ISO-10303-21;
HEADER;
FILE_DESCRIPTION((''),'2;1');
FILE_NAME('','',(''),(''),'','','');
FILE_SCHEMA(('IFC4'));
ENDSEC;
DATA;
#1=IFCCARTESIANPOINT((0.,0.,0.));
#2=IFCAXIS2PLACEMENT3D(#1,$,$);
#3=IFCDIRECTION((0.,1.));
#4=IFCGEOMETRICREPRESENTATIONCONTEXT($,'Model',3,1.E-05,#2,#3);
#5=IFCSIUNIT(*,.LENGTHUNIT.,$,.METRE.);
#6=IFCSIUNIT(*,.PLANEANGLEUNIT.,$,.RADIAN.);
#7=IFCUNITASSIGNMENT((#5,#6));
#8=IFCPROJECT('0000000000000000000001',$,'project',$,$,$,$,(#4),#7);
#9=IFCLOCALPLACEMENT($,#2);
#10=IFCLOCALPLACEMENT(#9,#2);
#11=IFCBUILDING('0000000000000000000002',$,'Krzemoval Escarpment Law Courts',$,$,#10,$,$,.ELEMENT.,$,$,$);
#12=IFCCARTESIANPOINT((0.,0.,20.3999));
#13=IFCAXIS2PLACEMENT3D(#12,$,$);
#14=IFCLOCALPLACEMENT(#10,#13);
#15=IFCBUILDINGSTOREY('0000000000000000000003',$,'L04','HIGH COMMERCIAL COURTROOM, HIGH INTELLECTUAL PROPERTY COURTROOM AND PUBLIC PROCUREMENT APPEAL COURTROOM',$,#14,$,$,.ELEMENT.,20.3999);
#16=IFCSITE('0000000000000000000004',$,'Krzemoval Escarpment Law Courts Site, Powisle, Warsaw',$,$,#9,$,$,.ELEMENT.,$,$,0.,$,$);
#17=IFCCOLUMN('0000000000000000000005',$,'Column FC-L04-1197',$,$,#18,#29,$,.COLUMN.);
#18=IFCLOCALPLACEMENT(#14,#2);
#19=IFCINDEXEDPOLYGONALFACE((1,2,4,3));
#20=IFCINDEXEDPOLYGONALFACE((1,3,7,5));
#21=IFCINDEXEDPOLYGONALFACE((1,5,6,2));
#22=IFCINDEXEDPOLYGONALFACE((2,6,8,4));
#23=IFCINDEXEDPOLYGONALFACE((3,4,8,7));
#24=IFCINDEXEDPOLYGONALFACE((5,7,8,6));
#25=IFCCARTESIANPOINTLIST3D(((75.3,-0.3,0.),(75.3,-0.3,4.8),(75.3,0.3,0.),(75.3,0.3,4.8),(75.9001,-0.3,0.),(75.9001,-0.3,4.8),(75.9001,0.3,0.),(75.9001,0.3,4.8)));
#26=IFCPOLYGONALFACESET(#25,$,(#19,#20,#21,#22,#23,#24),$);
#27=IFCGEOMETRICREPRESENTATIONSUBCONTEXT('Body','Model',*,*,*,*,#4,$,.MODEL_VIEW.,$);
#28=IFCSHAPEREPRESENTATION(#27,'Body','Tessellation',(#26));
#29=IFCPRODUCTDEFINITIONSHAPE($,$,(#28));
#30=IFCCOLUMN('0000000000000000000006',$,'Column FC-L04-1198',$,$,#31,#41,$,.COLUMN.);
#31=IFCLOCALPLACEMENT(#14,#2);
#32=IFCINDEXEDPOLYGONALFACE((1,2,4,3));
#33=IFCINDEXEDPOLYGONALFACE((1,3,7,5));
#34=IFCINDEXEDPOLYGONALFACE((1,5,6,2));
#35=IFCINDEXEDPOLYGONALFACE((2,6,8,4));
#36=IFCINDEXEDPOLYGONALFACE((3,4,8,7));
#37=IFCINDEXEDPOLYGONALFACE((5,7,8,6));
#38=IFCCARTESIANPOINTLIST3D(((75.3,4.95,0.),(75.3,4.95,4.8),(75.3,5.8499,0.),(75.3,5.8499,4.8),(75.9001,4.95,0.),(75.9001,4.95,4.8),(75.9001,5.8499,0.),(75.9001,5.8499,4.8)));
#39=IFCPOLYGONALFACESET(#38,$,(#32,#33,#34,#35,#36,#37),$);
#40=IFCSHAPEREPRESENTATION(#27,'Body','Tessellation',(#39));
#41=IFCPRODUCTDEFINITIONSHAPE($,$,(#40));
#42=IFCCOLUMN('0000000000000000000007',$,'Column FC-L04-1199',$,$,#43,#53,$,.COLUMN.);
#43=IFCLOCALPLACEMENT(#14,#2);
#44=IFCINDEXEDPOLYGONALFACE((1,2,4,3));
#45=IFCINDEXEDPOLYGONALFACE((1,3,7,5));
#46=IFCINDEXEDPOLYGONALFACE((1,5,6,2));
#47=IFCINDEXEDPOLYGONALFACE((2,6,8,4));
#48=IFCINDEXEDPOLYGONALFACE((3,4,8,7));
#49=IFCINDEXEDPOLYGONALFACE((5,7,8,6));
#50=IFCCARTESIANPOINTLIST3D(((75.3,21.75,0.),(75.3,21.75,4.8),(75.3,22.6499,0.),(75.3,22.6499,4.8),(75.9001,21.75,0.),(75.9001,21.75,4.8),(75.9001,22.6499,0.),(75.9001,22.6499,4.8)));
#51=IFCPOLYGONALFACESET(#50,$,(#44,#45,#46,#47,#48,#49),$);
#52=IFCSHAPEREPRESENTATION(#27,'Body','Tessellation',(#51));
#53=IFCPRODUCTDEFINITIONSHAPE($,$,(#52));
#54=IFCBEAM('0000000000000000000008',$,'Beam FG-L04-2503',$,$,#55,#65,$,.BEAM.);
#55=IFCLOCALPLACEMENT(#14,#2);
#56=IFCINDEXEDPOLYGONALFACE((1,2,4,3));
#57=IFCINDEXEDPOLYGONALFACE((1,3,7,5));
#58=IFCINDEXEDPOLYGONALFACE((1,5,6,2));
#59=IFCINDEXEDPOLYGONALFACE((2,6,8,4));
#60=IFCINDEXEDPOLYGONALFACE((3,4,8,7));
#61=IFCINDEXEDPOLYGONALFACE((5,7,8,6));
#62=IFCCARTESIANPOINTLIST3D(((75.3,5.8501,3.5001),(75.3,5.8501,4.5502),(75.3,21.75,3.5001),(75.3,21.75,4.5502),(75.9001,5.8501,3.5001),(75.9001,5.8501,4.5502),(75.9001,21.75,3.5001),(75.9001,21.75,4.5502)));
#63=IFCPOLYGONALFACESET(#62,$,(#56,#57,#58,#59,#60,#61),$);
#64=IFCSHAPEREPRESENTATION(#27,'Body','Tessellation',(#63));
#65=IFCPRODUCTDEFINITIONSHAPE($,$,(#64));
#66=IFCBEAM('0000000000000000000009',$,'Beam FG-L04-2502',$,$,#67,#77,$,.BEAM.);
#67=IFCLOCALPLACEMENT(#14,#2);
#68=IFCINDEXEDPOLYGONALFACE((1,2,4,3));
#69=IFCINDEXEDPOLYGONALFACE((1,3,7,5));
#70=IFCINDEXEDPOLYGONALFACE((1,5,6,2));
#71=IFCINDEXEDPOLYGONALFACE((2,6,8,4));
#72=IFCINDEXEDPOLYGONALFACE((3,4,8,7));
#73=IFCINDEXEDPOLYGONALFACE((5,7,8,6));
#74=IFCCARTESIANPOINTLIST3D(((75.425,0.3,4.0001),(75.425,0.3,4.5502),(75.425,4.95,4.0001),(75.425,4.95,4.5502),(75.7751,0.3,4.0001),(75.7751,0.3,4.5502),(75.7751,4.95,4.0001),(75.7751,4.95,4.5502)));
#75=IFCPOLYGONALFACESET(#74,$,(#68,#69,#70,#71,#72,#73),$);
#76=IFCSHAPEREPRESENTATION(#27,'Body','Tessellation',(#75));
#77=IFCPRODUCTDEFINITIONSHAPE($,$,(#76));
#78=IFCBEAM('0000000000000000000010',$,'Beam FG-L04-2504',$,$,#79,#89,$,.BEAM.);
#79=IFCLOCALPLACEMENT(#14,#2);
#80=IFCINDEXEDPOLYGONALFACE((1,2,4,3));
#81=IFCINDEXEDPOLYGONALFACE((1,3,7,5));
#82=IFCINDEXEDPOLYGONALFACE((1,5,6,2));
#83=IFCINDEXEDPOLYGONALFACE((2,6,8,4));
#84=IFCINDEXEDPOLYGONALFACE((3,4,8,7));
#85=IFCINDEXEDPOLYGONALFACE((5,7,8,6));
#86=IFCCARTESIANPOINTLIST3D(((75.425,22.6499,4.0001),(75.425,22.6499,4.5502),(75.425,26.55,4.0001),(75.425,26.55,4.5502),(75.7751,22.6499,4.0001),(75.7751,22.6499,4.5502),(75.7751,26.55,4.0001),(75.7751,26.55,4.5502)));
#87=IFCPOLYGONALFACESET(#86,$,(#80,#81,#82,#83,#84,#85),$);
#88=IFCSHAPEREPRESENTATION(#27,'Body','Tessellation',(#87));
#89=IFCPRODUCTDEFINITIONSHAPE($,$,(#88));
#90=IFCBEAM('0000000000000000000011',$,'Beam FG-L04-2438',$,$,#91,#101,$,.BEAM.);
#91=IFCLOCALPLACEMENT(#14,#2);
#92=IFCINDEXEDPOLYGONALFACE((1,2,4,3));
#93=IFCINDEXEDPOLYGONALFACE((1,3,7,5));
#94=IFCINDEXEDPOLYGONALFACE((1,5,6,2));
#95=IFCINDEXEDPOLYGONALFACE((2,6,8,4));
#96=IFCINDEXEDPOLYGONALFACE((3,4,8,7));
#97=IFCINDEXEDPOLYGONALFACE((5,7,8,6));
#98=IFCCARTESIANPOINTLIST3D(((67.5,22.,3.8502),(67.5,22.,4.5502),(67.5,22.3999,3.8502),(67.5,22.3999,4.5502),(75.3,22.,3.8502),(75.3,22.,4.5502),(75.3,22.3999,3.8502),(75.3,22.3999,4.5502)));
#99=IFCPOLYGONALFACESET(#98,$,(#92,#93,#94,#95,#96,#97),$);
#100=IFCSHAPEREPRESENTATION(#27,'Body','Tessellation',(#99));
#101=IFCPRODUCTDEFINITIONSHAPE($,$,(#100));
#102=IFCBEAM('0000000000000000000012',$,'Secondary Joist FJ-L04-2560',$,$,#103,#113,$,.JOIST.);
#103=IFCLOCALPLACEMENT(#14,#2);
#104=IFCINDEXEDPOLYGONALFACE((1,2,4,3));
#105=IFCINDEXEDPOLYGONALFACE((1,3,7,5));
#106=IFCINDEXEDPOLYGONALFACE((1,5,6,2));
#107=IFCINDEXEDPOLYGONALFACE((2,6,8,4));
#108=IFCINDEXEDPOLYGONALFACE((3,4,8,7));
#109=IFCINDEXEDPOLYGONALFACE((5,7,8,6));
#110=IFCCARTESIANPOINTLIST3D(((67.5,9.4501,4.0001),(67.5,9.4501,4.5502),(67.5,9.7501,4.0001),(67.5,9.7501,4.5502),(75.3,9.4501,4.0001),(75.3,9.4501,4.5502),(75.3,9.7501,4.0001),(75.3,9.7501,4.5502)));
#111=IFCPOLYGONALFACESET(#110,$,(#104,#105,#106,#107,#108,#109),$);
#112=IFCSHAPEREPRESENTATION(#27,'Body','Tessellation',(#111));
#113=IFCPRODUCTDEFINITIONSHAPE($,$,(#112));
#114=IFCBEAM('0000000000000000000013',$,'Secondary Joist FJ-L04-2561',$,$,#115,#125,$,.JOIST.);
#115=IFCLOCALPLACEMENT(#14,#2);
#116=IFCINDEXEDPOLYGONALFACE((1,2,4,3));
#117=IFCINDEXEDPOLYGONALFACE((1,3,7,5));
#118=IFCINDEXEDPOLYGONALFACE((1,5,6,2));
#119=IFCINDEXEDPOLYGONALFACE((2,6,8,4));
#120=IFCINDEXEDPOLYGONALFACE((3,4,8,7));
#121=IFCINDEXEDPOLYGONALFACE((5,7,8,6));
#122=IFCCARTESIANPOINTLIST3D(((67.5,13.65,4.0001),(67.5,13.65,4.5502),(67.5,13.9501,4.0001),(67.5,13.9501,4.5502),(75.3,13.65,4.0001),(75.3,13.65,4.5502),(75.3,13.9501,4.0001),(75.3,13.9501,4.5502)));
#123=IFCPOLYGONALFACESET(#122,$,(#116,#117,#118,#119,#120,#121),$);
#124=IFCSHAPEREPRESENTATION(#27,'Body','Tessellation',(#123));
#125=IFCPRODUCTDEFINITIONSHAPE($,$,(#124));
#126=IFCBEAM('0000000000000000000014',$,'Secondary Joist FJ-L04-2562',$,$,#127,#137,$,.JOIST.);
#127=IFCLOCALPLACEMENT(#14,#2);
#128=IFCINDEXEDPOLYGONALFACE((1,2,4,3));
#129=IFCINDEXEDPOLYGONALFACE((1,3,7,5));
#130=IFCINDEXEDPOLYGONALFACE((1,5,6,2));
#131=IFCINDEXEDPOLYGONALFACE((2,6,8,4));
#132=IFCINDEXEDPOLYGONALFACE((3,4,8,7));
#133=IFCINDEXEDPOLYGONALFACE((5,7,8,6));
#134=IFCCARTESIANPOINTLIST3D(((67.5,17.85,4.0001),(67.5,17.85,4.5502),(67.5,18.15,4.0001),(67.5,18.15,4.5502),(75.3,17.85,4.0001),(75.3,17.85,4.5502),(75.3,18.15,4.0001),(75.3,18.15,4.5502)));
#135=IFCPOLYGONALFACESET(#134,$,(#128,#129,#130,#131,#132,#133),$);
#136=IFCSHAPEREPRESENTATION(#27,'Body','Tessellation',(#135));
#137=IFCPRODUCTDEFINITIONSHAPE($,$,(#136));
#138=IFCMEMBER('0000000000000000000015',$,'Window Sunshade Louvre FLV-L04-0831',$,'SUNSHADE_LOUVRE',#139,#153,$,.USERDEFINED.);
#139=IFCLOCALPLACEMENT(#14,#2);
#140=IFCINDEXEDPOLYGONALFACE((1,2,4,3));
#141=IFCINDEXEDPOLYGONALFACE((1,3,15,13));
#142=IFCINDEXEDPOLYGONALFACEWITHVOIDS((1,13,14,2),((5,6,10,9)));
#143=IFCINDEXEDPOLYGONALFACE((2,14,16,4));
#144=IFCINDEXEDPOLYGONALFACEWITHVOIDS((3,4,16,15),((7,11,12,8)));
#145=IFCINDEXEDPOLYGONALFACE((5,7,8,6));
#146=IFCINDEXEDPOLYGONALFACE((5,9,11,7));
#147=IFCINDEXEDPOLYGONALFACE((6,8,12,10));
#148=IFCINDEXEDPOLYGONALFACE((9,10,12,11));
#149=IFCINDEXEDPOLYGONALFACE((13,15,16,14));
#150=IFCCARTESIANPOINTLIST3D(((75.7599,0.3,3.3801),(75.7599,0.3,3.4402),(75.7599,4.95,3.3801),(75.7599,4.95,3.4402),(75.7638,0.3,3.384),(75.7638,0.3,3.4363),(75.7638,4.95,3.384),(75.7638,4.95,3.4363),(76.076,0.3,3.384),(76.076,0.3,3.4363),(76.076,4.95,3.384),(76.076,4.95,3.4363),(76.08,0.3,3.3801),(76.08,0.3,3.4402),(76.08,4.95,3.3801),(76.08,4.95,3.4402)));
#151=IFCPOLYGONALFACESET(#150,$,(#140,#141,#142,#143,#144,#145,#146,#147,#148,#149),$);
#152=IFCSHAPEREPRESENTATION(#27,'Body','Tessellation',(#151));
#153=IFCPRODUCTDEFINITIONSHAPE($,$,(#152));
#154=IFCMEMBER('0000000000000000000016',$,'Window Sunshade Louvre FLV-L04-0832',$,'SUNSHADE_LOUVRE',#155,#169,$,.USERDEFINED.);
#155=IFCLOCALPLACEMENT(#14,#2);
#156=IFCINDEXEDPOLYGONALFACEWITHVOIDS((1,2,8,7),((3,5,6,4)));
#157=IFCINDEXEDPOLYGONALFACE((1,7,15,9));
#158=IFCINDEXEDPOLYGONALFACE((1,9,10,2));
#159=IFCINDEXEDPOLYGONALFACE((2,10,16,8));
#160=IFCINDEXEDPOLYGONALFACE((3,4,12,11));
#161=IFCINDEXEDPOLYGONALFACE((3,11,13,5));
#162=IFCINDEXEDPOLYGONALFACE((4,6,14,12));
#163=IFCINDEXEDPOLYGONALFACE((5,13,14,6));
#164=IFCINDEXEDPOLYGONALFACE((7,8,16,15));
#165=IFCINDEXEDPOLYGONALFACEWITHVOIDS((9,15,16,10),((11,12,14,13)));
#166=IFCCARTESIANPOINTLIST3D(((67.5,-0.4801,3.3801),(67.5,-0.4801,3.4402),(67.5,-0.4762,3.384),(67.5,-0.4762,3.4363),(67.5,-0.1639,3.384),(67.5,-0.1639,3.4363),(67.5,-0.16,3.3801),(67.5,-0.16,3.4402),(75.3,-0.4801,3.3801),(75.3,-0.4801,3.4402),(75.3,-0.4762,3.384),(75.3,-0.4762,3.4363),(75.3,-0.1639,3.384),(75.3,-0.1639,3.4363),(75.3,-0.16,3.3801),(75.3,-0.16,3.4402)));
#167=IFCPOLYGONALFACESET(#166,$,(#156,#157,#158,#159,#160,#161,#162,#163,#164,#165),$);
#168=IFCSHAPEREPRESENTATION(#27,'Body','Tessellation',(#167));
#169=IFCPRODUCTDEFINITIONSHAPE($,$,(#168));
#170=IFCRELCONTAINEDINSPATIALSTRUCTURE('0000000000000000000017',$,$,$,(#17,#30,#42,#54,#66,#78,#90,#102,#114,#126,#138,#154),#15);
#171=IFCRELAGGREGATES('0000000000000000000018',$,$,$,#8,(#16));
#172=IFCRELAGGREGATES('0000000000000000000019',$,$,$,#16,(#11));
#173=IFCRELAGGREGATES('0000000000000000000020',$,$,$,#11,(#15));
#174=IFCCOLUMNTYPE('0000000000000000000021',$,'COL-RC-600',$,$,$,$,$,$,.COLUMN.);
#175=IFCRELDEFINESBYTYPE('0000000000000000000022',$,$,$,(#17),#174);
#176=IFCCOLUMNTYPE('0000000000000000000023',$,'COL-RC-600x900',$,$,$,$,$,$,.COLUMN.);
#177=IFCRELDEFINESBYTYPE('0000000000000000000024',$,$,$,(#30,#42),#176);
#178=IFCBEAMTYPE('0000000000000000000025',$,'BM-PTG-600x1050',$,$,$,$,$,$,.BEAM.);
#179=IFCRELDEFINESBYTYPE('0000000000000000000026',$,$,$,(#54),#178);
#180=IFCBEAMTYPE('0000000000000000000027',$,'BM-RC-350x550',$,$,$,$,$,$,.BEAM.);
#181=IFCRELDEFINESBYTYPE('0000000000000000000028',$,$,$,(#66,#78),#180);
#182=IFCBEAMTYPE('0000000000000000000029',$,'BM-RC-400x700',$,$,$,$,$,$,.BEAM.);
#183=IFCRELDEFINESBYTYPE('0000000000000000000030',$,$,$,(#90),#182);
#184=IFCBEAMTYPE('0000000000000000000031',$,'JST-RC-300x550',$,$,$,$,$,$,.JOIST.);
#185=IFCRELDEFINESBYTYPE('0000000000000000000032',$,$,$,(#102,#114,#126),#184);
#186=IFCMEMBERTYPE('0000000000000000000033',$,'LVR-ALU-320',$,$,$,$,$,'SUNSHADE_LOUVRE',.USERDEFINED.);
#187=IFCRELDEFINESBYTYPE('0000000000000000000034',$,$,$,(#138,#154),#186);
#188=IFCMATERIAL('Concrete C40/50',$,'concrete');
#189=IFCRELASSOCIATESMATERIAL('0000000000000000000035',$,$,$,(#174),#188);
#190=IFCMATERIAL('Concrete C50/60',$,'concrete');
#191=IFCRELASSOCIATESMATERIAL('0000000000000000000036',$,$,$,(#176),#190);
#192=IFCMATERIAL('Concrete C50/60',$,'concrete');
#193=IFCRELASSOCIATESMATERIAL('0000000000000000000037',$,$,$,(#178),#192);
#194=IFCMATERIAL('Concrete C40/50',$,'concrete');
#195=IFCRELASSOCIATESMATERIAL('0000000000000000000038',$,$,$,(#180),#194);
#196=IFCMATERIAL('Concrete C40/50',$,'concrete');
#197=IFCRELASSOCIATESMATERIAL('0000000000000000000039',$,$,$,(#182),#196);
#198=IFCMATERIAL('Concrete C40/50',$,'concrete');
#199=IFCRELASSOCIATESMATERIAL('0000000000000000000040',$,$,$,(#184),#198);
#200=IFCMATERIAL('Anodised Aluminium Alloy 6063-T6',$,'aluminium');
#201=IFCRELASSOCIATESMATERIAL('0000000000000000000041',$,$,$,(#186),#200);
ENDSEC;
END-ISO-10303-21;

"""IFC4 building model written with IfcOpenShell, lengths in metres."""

from ifc_helpers import new_model, si_unit, direction, frame, origin, origin_2d, place, context, subcontext, project, spatial, rectangle, hollow_rectangle, extrude, material, material_profile, profile_set, type_object, element, save


model = new_model("IFC4")

# Units and contexts
model_context = context("Model", 3, precision=1e-05, world=origin(), true_north=direction((0.0, 1.0)))
body_context = subcontext(model_context, "Body", "Model", "MODEL_VIEW")
ifc_project = project(units=[si_unit("LENGTHUNIT", "METRE"), si_unit("PLANEANGLEUNIT", "RADIAN")], contexts=[model_context])

# Site, building, storey
site_placement = place(None, origin())
site = spatial("IfcSite", under=ifc_project, at=site_placement, Name="Krzemoval Escarpment Law Courts Site, Powisle, Warsaw", CompositionType="ELEMENT", RefElevation=0.0)
building_placement = place(site_placement, origin())
building = spatial("IfcBuilding", under=site, at=building_placement, Name="Krzemoval Escarpment Law Courts", CompositionType="ELEMENT")
storey_placement = place(building_placement, frame((0.0, 0.0, 20.3999)))
storey = spatial("IfcBuildingStorey", under=building, at=storey_placement, Name="L04", Description="HIGH COMMERCIAL COURTROOM, HIGH INTELLECTUAL PROPERTY COURTROOM AND PUBLIC PROCUREMENT APPEAL COURTROOM", CompositionType="ELEMENT", Elevation=20.3999)

# Columns
ifc_material_1 = material(Name="Concrete C40/50", Category="concrete")
ifc_material_profile_1 = material_profile(ifc_material_1, rectangle(XDim=0.6001, YDim=0.6001, at=origin_2d()), Name="RC 600x600")
ifc_profile_set_1 = profile_set([ifc_material_profile_1], Name="Concrete C40/50")
column_type_1 = type_object("IfcColumnType", Name="COL-RC-600", PredefinedType="COLUMN", material=ifc_profile_set_1)
column_placement = place(storey_placement, frame((75.6001, 0.0, 0.0), z_axis=(0.0, 0.0, 1.0), x_axis=(1.0, 0.0, 0.0)))
element("IfcColumn", 1, at=column_placement, inside=storey, type_object=column_type_1, Name="Column FC-L04-1197", PredefinedType="COLUMN", context=body_context, shape_type="SweptSolid", body=[
    extrude(rectangle(XDim=0.6001, YDim=0.6001, at=origin_2d()), origin(), (0.0, 0.0, 1.0), 4.8),
])
ifc_material_2 = material(Name="Concrete C50/60", Category="concrete")
ifc_material_profile_2 = material_profile(ifc_material_2, rectangle(XDim=0.6001, YDim=0.8999, at=origin_2d()), Name="RC 600x900")
ifc_profile_set_2 = profile_set([ifc_material_profile_2], Name="Concrete C50/60")
column_type_2 = type_object("IfcColumnType", Name="COL-RC-600x900", PredefinedType="COLUMN", material=ifc_profile_set_2)
for number, where, z_axis, x_axis, name in (
    (2, (75.6001, 5.3999, 0.0), (0.0, 0.0, 1.0), (1.0, 0.0, 0.0), "Column FC-L04-1198"),
    (3, (75.6001, 22.2, 0.0), (0.0, 0.0, 1.0), (1.0, 0.0, 0.0), "Column FC-L04-1199"),
):
    element("IfcColumn", number, at=place(storey_placement, frame(where, z_axis=z_axis, x_axis=x_axis)), inside=storey, type_object=column_type_2, Name=name, PredefinedType="COLUMN", context=body_context, shape_type="SweptSolid", body=[
        extrude(rectangle(XDim=0.6001, YDim=0.8999, at=origin_2d()), origin(), (0.0, 0.0, 1.0), 4.8),
    ])

# Beams
ifc_material_3 = material(Name="Concrete C50/60", Category="concrete")
ifc_material_profile_3 = material_profile(ifc_material_3, rectangle(XDim=0.6001, YDim=1.05, at=origin_2d()), Name="PTG 600x1050")
ifc_profile_set_3 = profile_set([ifc_material_profile_3], Name="Concrete C50/60")
beam_type_1 = type_object("IfcBeamType", Name="BM-PTG-600x1050", PredefinedType="BEAM", material=ifc_profile_set_3)
beam_1_placement = place(storey_placement, frame((75.6001, 5.8501, 4.0251), z_axis=(0.0, 1.0, 0.0), x_axis=(-1.0, 0.0, 0.0)))
element("IfcBeam", 4, at=beam_1_placement, inside=storey, type_object=beam_type_1, Name="Beam FG-L04-2503", PredefinedType="BEAM", context=body_context, shape_type="SweptSolid", body=[
    extrude(rectangle(XDim=0.6001, YDim=1.05, at=origin_2d()), origin(), (0.0, 0.0, 1.0), 15.8999),
])
ifc_material_4 = material(Name="Concrete C40/50", Category="concrete")
ifc_material_profile_4 = material_profile(ifc_material_4, rectangle(XDim=0.3501, YDim=0.55, at=origin_2d()), Name="RCB 350x550")
ifc_profile_set_4 = profile_set([ifc_material_profile_4], Name="Concrete C40/50")
beam_type_2 = type_object("IfcBeamType", Name="BM-RC-350x550", PredefinedType="BEAM", material=ifc_profile_set_4)
beam_2_placement = place(storey_placement, frame((75.6001, 0.3, 4.2751), z_axis=(0.0, 1.0, 0.0), x_axis=(-1.0, 0.0, 0.0)))
element("IfcBeam", 5, at=beam_2_placement, inside=storey, type_object=beam_type_2, Name="Beam FG-L04-2502", PredefinedType="BEAM", context=body_context, shape_type="SweptSolid", body=[
    extrude(rectangle(XDim=0.3501, YDim=0.55, at=origin_2d()), origin(), (0.0, 0.0, 1.0), 4.6499),
])
beam_3_placement = place(storey_placement, frame((75.6001, 22.6499, 4.2751), z_axis=(0.0, 1.0, 0.0), x_axis=(-1.0, 0.0, 0.0)))
element("IfcBeam", 6, at=beam_3_placement, inside=storey, type_object=beam_type_2, Name="Beam FG-L04-2504", PredefinedType="BEAM", context=body_context, shape_type="SweptSolid", body=[
    extrude(rectangle(XDim=0.3501, YDim=0.55, at=origin_2d()), origin(), (0.0, 0.0, 1.0), 3.9001),
])
ifc_material_5 = material(Name="Concrete C40/50", Category="concrete")
ifc_material_profile_5 = material_profile(ifc_material_5, rectangle(XDim=0.3999, YDim=0.7, at=origin_2d()), Name="RCB 400x700")
ifc_profile_set_5 = profile_set([ifc_material_profile_5], Name="Concrete C40/50")
beam_type_3 = type_object("IfcBeamType", Name="BM-RC-400x700", PredefinedType="BEAM", material=ifc_profile_set_5)
beam_4_placement = place(storey_placement, frame((67.5, 22.2, 4.2002), z_axis=(1.0, 0.0, 0.0), x_axis=(0.0, 1.0, 0.0)))
element("IfcBeam", 7, at=beam_4_placement, inside=storey, type_object=beam_type_3, Name="Beam FG-L04-2438", PredefinedType="BEAM", context=body_context, shape_type="SweptSolid", body=[
    extrude(rectangle(XDim=0.3999, YDim=0.7, at=origin_2d()), origin(), (0.0, 0.0, 1.0), 7.8),
])
ifc_material_6 = material(Name="Concrete C40/50", Category="concrete")
ifc_material_profile_6 = material_profile(ifc_material_6, rectangle(XDim=0.3, YDim=0.55, at=origin_2d()), Name="RCB 300x550")
ifc_profile_set_6 = profile_set([ifc_material_profile_6], Name="Concrete C40/50")
beam_type_4 = type_object("IfcBeamType", Name="JST-RC-300x550", PredefinedType="JOIST", material=ifc_profile_set_6)
for number, where, z_axis, x_axis, name in (
    (8, (67.5, 9.6001, 4.2751), (1.0, 0.0, 0.0), (0.0, 1.0, 0.0), "Secondary Joist FJ-L04-2560"),
    (9, (67.5, 13.8, 4.2751), (1.0, 0.0, 0.0), (0.0, 1.0, 0.0), "Secondary Joist FJ-L04-2561"),
    (10, (67.5, 18.0, 4.2751), (1.0, 0.0, 0.0), (0.0, 1.0, 0.0), "Secondary Joist FJ-L04-2562"),
):
    element("IfcBeam", number, at=place(storey_placement, frame(where, z_axis=z_axis, x_axis=x_axis)), inside=storey, type_object=beam_type_4, Name=name, PredefinedType="JOIST", context=body_context, shape_type="SweptSolid", body=[
        extrude(rectangle(XDim=0.3, YDim=0.55, at=origin_2d()), origin(), (0.0, 0.0, 1.0), 7.8),
    ])

# Members
ifc_material_7 = material(Name="Anodised Aluminium Alloy 6063-T6", Category="aluminium")
ifc_material_profile_7 = material_profile(ifc_material_7, hollow_rectangle(XDim=0.0601, YDim=0.3201, WallThickness=0.0039, at=origin_2d()), Name="ALU LVR 60x320")
ifc_profile_set_7 = profile_set([ifc_material_profile_7], Name="Anodised Aluminium Alloy 6063-T6")
member_type = type_object("IfcMemberType", Name="LVR-ALU-320", ElementType="SUNSHADE_LOUVRE", PredefinedType="USERDEFINED", material=ifc_profile_set_7)
member_1_placement = place(storey_placement, frame((75.9199, 4.95, 3.4102), z_axis=(0.0, -1.0, 0.0), x_axis=(0.0, 0.0, 1.0)))
element("IfcMember", 11, at=member_1_placement, inside=storey, type_object=member_type, Name="Window Sunshade Louvre FLV-L04-0831", ObjectType="SUNSHADE_LOUVRE", PredefinedType="USERDEFINED", context=body_context, shape_type="SweptSolid", body=[
    extrude(hollow_rectangle(XDim=0.0601, YDim=0.3201, WallThickness=0.0039, at=origin_2d()), origin(), (0.0, 0.0, 1.0), 4.6499),
])
member_2_placement = place(storey_placement, frame((75.3, -0.3201, 3.4102), z_axis=(-1.0, 0.0, 0.0), x_axis=(0.0, 0.0, 1.0)))
element("IfcMember", 12, at=member_2_placement, inside=storey, type_object=member_type, Name="Window Sunshade Louvre FLV-L04-0832", ObjectType="SUNSHADE_LOUVRE", PredefinedType="USERDEFINED", context=body_context, shape_type="SweptSolid", body=[
    extrude(hollow_rectangle(XDim=0.0601, YDim=0.3201, WallThickness=0.0039, at=origin_2d()), origin(), (0.0, 0.0, 1.0), 7.8),
])

save(model, "model.ifc")
